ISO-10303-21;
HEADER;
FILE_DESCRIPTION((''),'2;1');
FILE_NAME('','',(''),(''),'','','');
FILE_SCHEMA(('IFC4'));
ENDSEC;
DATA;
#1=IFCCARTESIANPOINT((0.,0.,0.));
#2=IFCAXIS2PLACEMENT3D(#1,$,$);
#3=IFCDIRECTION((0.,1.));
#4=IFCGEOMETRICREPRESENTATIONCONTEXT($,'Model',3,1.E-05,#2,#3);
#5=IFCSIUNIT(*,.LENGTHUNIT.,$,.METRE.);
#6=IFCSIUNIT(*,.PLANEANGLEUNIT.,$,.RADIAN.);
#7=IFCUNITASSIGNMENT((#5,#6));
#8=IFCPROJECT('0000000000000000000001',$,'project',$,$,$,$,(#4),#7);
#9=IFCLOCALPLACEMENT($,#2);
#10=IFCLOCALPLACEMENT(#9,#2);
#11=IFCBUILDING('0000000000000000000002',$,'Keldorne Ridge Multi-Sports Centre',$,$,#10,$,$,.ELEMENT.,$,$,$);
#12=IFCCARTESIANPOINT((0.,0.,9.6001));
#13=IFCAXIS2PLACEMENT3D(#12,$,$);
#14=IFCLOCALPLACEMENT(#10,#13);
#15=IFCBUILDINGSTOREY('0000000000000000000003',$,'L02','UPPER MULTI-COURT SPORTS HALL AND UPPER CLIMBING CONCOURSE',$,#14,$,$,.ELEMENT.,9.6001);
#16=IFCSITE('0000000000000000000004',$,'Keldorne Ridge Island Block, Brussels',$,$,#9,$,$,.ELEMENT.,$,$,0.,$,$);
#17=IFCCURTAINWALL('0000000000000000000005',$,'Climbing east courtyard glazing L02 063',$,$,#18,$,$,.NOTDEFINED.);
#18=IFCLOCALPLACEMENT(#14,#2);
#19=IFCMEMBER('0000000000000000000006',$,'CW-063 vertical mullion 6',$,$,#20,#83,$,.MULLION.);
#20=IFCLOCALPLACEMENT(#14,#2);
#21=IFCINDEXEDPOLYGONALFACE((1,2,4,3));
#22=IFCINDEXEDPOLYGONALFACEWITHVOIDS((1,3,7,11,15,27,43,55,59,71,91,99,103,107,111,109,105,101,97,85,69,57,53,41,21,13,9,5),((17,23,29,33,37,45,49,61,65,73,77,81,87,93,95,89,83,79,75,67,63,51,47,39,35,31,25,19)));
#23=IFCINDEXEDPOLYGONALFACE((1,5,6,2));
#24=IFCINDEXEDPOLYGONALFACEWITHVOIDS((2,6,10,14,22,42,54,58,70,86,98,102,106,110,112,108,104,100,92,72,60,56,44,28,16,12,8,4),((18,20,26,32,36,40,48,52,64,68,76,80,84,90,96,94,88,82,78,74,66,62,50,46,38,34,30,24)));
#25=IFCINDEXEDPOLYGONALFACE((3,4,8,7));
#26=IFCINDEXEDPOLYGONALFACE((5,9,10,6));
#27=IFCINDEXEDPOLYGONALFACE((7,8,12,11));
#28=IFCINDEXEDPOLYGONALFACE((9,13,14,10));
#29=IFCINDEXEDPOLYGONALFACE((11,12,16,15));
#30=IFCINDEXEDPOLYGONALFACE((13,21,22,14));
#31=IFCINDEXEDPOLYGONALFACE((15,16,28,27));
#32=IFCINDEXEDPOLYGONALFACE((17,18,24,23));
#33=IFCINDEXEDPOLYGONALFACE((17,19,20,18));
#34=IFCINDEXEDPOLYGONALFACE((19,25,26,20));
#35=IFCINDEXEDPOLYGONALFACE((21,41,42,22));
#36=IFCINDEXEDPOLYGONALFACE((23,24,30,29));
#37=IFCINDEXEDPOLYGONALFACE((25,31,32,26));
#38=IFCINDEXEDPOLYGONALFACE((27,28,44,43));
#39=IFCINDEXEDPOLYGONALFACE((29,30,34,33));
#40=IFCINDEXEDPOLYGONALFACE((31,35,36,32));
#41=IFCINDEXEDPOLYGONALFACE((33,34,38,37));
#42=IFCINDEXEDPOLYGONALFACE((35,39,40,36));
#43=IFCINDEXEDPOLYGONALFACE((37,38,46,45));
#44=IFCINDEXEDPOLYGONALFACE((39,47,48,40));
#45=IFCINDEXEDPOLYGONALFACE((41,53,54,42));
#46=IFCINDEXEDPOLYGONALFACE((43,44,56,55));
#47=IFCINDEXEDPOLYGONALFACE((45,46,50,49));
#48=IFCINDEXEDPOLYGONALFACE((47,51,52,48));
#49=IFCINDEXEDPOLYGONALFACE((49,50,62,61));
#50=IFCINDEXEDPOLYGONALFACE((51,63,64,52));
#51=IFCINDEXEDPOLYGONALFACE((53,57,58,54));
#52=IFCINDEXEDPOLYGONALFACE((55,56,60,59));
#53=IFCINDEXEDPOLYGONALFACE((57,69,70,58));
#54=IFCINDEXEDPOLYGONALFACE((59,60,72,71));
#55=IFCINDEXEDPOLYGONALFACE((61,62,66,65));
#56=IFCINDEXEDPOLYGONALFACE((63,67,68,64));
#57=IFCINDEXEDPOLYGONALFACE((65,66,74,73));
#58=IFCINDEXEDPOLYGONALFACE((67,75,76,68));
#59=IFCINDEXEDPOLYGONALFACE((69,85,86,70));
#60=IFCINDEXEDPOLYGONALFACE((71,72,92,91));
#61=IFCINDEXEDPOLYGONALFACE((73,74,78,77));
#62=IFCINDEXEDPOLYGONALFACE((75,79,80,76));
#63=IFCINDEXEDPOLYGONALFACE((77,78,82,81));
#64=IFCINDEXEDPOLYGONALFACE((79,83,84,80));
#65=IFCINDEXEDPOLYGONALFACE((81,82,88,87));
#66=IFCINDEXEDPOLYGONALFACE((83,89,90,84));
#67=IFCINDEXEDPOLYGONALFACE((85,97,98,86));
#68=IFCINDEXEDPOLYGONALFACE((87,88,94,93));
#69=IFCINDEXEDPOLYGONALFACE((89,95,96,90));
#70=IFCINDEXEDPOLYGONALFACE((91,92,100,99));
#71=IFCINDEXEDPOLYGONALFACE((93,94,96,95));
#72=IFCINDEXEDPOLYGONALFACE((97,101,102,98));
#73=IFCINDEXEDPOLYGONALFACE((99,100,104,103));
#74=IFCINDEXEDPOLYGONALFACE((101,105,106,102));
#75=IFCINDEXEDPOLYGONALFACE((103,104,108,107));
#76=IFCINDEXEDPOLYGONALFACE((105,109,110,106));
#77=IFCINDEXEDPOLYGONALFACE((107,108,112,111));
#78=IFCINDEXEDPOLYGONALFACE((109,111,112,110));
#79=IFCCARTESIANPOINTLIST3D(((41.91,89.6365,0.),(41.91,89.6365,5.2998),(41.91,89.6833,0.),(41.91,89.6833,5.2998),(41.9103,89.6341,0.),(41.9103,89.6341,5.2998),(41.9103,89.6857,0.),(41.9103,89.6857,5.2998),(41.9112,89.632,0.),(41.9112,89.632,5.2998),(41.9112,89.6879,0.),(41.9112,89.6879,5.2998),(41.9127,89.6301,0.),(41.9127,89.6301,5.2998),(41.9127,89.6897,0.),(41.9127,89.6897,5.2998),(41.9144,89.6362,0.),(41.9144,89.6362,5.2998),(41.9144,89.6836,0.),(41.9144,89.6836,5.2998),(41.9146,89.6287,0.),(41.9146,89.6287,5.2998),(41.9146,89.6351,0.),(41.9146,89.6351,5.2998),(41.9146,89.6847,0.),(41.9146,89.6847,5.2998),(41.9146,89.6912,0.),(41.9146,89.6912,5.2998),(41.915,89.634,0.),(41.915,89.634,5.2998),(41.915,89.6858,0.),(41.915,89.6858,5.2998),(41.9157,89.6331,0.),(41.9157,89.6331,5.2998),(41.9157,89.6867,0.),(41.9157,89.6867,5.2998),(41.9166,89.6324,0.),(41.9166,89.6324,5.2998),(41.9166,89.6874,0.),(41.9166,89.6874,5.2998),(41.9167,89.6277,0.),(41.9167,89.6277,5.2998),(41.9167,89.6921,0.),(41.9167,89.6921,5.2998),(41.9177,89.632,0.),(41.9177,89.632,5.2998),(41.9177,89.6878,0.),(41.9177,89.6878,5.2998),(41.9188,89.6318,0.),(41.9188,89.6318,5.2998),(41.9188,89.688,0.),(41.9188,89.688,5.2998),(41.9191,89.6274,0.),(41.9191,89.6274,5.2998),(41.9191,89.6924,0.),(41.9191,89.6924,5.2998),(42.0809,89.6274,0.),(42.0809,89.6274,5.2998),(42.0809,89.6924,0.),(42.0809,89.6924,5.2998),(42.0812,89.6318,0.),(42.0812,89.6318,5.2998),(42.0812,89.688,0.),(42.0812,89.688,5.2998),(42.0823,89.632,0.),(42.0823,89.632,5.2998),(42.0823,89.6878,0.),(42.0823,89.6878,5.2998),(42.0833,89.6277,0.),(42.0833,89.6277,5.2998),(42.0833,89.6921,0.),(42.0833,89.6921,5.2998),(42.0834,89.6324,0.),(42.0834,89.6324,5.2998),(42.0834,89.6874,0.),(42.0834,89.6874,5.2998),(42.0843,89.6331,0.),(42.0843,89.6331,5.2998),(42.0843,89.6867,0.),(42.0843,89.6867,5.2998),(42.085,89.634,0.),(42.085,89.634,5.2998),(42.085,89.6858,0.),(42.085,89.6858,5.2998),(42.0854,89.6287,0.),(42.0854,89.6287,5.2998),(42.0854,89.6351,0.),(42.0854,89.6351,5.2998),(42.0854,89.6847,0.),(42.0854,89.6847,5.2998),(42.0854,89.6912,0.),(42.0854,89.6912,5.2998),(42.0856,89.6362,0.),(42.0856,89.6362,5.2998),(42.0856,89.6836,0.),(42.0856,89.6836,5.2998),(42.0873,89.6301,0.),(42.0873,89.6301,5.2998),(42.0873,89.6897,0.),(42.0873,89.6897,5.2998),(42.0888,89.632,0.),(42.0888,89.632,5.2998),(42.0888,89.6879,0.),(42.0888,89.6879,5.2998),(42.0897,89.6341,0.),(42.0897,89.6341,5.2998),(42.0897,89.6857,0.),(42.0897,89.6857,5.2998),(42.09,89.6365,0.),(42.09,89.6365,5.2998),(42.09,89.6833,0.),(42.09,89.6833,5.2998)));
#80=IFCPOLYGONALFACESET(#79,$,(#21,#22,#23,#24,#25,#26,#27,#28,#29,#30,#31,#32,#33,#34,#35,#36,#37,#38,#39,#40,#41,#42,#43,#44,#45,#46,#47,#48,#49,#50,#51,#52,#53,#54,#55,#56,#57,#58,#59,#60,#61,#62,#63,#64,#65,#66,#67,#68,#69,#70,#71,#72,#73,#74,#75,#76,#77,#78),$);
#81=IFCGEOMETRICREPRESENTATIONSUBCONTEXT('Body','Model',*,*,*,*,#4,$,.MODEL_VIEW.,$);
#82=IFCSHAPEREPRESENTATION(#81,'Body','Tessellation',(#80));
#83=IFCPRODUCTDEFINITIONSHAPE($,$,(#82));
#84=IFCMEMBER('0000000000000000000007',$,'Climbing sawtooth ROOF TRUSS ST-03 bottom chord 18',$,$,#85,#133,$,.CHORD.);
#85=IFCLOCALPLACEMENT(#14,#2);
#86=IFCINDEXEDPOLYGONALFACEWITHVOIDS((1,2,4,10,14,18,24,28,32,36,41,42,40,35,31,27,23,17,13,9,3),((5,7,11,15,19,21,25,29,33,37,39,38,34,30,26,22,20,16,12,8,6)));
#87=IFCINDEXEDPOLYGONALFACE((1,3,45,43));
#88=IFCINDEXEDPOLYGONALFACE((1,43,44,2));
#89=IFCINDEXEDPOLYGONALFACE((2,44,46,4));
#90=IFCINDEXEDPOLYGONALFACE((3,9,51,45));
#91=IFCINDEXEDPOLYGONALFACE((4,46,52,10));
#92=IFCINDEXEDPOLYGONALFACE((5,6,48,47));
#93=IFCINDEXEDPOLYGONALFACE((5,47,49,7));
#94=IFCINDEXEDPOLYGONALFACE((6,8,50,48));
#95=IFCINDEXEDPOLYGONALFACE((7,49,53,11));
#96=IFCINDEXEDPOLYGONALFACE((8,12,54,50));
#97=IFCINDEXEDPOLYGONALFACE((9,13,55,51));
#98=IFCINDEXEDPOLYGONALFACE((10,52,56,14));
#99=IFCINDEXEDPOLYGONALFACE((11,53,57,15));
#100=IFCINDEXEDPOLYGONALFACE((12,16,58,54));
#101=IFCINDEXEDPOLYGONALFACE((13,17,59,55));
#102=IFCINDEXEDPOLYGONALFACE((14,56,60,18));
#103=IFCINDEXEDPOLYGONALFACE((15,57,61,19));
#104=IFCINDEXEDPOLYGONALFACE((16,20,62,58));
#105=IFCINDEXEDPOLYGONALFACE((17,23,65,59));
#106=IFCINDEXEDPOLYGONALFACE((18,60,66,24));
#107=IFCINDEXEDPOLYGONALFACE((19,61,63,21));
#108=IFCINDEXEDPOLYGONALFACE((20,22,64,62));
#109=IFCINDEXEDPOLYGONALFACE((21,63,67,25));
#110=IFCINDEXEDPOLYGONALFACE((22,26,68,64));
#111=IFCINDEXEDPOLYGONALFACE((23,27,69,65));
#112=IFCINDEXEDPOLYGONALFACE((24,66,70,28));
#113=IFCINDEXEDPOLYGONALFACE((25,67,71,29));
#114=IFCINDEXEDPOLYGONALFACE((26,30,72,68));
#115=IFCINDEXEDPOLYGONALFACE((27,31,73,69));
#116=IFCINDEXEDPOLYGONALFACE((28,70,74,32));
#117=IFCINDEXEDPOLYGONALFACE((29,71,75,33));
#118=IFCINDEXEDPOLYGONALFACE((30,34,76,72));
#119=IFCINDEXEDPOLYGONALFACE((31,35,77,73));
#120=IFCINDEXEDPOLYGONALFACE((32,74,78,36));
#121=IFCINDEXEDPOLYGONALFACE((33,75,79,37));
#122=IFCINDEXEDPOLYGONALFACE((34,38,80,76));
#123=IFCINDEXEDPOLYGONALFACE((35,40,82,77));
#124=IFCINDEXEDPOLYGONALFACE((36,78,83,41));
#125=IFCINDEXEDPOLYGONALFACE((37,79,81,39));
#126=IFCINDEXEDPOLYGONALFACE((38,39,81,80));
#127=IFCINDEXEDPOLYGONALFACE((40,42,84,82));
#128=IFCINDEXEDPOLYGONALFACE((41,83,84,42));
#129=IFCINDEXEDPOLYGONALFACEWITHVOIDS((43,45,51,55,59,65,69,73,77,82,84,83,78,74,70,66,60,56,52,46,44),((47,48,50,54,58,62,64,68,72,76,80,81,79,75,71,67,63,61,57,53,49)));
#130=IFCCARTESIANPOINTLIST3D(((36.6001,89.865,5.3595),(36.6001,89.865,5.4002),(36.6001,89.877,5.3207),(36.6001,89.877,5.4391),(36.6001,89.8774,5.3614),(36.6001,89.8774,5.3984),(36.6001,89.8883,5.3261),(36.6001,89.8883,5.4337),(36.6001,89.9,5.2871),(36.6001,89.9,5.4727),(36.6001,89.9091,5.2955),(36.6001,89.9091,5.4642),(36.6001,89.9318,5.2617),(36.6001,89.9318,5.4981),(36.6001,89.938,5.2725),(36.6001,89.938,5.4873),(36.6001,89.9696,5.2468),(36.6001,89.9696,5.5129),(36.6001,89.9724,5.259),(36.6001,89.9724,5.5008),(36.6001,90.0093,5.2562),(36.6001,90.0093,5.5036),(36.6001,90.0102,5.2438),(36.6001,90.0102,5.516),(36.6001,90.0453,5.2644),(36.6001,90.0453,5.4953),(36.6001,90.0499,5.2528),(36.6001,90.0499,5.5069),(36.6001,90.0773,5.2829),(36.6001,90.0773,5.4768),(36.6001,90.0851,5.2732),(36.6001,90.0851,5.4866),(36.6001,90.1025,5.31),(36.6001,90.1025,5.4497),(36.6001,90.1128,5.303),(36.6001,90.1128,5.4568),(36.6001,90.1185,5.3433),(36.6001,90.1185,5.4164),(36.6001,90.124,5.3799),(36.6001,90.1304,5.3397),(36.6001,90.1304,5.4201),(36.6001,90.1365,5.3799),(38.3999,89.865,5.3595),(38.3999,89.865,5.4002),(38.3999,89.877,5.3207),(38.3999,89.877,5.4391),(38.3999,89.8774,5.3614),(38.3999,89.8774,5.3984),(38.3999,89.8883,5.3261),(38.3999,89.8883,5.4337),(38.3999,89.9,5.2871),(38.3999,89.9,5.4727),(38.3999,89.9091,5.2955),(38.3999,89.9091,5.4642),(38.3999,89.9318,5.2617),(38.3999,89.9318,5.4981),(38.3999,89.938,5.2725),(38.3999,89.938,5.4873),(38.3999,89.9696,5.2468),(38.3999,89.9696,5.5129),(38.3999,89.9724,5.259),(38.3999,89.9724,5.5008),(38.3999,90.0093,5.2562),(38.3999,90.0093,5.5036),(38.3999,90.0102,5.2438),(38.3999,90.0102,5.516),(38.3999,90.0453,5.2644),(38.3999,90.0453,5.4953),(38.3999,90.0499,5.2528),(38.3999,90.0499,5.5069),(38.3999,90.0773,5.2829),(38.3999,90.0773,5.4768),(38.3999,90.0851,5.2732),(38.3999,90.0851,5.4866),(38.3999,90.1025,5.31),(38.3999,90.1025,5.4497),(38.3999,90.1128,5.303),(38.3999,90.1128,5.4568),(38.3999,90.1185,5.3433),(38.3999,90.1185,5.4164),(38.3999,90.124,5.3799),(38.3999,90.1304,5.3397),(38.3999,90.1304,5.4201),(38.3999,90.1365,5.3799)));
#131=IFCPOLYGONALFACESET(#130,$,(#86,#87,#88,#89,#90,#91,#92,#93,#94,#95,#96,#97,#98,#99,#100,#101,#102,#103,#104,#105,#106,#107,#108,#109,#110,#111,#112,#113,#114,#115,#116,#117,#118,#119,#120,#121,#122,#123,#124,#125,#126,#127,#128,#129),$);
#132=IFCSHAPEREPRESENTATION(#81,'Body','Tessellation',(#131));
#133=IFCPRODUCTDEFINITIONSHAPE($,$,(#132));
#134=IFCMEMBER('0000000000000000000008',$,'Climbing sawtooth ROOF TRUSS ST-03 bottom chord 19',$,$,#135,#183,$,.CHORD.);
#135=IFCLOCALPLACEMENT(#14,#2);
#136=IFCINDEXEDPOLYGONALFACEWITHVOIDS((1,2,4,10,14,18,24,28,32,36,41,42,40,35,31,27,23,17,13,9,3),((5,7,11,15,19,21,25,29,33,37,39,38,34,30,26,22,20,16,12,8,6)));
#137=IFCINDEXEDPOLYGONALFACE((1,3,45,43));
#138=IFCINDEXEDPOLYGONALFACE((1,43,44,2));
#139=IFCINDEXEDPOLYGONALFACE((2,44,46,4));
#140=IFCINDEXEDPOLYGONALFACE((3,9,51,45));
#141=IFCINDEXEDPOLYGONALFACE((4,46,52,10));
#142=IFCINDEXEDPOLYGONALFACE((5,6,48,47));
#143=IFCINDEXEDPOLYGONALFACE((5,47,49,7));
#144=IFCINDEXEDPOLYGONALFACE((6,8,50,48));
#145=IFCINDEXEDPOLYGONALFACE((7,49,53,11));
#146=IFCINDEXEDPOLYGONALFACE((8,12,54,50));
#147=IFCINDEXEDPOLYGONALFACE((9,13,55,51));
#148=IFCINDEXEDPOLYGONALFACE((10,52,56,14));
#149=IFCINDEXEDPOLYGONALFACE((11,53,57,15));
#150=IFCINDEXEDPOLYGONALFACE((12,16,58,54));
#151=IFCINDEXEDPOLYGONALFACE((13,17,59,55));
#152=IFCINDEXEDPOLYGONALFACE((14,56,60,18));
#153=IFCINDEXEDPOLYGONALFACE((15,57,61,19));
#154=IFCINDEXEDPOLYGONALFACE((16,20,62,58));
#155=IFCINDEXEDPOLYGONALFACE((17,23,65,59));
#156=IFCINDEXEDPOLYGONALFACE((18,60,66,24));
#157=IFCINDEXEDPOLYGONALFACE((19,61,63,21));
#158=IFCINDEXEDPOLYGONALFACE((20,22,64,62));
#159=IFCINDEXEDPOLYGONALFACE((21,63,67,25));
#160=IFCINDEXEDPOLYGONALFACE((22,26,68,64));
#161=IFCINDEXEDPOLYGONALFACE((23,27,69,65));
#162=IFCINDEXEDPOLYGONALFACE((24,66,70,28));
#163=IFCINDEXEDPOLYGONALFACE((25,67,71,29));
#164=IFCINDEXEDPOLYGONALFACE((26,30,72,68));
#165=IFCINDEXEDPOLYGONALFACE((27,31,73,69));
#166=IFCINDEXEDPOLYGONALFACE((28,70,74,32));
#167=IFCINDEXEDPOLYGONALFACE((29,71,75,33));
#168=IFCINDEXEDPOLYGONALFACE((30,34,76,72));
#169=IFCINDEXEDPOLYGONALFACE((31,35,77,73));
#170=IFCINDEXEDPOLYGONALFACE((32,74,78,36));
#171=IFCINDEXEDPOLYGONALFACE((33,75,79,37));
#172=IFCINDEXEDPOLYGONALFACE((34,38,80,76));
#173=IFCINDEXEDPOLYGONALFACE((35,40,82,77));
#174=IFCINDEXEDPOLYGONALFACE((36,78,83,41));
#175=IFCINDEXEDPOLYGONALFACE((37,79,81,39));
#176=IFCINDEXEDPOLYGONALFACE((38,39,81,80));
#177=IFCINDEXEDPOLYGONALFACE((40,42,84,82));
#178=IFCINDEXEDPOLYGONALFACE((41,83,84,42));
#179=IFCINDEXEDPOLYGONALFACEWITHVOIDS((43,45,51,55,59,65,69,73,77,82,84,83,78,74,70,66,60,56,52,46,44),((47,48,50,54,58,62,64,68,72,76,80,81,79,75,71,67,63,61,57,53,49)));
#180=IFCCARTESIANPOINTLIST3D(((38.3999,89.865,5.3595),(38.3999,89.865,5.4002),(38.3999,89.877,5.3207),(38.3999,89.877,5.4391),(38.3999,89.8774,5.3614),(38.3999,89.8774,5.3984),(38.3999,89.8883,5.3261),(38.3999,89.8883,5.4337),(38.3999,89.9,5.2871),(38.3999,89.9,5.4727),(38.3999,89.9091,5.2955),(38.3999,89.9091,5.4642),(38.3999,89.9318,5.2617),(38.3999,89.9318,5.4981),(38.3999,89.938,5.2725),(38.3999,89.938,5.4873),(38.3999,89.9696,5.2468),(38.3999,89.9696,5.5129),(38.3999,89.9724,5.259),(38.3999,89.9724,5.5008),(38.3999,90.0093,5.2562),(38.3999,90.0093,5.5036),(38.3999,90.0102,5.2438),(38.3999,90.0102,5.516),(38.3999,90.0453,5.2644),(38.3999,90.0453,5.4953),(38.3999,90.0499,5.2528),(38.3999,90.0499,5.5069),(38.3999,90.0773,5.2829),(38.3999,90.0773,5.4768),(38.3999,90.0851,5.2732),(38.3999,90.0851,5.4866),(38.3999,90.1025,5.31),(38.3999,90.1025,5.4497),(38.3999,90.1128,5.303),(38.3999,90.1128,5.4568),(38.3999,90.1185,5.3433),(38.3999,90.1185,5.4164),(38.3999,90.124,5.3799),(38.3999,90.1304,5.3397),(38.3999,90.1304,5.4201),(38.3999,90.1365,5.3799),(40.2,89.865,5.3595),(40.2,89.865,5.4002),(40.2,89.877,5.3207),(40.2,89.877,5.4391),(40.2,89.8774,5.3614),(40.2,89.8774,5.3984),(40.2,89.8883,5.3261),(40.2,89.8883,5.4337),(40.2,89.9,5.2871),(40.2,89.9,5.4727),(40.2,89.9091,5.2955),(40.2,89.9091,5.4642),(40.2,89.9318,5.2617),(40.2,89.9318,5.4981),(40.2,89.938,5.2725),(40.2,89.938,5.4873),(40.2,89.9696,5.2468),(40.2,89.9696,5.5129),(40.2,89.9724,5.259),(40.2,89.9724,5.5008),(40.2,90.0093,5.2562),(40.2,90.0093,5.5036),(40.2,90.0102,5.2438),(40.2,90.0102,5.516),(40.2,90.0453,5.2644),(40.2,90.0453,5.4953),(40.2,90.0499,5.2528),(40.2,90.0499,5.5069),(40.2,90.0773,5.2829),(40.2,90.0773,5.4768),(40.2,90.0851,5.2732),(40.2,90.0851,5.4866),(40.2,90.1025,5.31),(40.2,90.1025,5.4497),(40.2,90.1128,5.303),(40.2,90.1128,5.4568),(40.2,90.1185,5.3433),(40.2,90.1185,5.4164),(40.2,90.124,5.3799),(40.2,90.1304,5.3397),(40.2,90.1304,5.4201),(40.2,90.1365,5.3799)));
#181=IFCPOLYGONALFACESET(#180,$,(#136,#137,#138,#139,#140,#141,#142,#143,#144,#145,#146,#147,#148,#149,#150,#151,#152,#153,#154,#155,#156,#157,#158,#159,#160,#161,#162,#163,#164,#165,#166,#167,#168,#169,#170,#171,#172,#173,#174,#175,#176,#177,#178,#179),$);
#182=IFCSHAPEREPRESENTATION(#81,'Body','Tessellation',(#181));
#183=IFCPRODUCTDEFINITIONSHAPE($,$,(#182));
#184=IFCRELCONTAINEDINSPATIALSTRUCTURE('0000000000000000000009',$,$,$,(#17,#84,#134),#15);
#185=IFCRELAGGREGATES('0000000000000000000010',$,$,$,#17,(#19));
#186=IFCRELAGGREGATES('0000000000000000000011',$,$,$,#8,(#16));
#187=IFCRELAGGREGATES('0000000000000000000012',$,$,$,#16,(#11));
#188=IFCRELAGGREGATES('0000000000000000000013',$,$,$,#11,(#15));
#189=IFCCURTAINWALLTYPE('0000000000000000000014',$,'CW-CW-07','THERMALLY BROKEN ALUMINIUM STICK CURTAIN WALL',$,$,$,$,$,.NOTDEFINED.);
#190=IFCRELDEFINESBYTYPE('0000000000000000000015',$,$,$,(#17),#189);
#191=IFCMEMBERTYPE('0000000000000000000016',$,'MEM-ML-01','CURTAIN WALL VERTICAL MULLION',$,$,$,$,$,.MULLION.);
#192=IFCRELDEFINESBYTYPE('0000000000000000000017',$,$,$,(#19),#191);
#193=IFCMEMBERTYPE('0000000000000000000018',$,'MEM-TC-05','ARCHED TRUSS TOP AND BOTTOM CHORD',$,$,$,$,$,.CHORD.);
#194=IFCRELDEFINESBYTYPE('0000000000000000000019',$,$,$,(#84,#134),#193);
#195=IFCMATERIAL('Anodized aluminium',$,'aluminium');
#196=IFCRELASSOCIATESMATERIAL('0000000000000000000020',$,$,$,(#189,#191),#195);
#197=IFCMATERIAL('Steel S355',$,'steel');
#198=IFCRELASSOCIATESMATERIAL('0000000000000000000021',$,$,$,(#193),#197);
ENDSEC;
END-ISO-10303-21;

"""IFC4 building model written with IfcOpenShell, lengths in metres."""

from ifc_helpers import new_model, si_unit, direction, frame, origin, origin_2d, place, context, subcontext, project, spatial, hollow_rectangle, hollow_circle, extrude, material, material_profile, profile_set, type_object, element, aggregate, save


model = new_model("IFC4")

# Units and contexts
model_context = context("Model", 3, precision=1e-05, world=origin(), true_north=direction((0.0, 1.0)))
body_context = subcontext(model_context, "Body", "Model", "MODEL_VIEW")
ifc_project = project(units=[si_unit("LENGTHUNIT", "METRE"), si_unit("PLANEANGLEUNIT", "RADIAN")], contexts=[model_context])

# Site, building, storey
site_placement = place(None, origin())
site = spatial("IfcSite", under=ifc_project, at=site_placement, Name="Keldorne Ridge Island Block, Brussels", CompositionType="ELEMENT", RefElevation=0.0)
building_placement = place(site_placement, origin())
building = spatial("IfcBuilding", under=site, at=building_placement, Name="Keldorne Ridge Multi-Sports Centre", CompositionType="ELEMENT")
storey_placement = place(building_placement, frame((0.0, 0.0, 9.6001)))
storey = spatial("IfcBuildingStorey", under=building, at=storey_placement, Name="L02", Description="UPPER MULTI-COURT SPORTS HALL AND UPPER CLIMBING CONCOURSE", CompositionType="ELEMENT", Elevation=9.6001)

# Curtain wall, member
ifc_material_1 = material(Name="Anodized aluminium", Category="aluminium")
curtain_wall_type = type_object("IfcCurtainWallType", Name="CW-CW-07", Description="THERMALLY BROKEN ALUMINIUM STICK CURTAIN WALL", PredefinedType="NOTDEFINED", material=ifc_material_1)
curtain_wall_placement = place(storey_placement, origin())
curtain_wall = element("IfcCurtainWall", 1, at=curtain_wall_placement, inside=storey, type_object=curtain_wall_type, Name="Climbing east courtyard glazing L02 063", PredefinedType="NOTDEFINED")
ifc_material_profile_1 = material_profile(ifc_material_1, hollow_rectangle(XDim=0.0649, YDim=0.1799, WallThickness=0.0044, InnerFilletRadius=0.0044, OuterFilletRadius=0.009, at=origin_2d()), Name="ALU MULLION 180x65x4.5")
ifc_profile_set_1 = profile_set([ifc_material_profile_1], Name="Anodized aluminium")
member_type_1 = type_object("IfcMemberType", Name="MEM-ML-01", Description="CURTAIN WALL VERTICAL MULLION", PredefinedType="MULLION", material=ifc_profile_set_1)
member_1_placement = place(storey_placement, frame((42.0, 89.6599, 0.0), z_axis=(0.0, 0.0, 1.0), x_axis=(0.0, 1.0, 0.0)))
member_1 = element("IfcMember", 2, at=member_1_placement, type_object=member_type_1, Name="CW-063 vertical mullion 6", PredefinedType="MULLION", context=body_context, shape_type="SweptSolid", body=[
    extrude(hollow_rectangle(XDim=0.0649, YDim=0.1799, WallThickness=0.0044, InnerFilletRadius=0.0044, OuterFilletRadius=0.009, at=origin_2d()), origin(), (0.0, 0.0, 1.0), 5.2998),
])

# Members
ifc_material_2 = material(Name="Steel S355", Category="steel")
ifc_material_profile_2 = material_profile(ifc_material_2, hollow_circle(Radius=0.1365, WallThickness=0.0125, at=origin_2d()), Name="CHS 273x12.5")
ifc_profile_set_2 = profile_set([ifc_material_profile_2], Name="Steel S355")
member_type_2 = type_object("IfcMemberType", Name="MEM-TC-05", Description="ARCHED TRUSS TOP AND BOTTOM CHORD", PredefinedType="CHORD", material=ifc_profile_set_2)
member_2_placement = place(storey_placement, frame((36.6001, 90.0, 5.3799), z_axis=(1.0, 0.0, 0.0), x_axis=(0.0, 1.0, 0.0)))
element("IfcMember", 3, at=member_2_placement, inside=storey, type_object=member_type_2, Name="Climbing sawtooth ROOF TRUSS ST-03 bottom chord 18", PredefinedType="CHORD", context=body_context, shape_type="SweptSolid", body=[
    extrude(hollow_circle(Radius=0.1365, WallThickness=0.0125, at=origin_2d()), origin(), (0.0, 0.0, 1.0), 1.7998),
])
member_3_placement = place(storey_placement, frame((38.3999, 90.0, 5.3799), z_axis=(1.0, 0.0, 0.0), x_axis=(0.0, 1.0, 0.0)))
element("IfcMember", 4, at=member_3_placement, inside=storey, type_object=member_type_2, Name="Climbing sawtooth ROOF TRUSS ST-03 bottom chord 19", PredefinedType="CHORD", context=body_context, shape_type="SweptSolid", body=[
    extrude(hollow_circle(Radius=0.1365, WallThickness=0.0125, at=origin_2d()), origin(), (0.0, 0.0, 1.0), 1.8),
])

aggregate(curtain_wall, [member_1])

save(model, "model.ifc")
